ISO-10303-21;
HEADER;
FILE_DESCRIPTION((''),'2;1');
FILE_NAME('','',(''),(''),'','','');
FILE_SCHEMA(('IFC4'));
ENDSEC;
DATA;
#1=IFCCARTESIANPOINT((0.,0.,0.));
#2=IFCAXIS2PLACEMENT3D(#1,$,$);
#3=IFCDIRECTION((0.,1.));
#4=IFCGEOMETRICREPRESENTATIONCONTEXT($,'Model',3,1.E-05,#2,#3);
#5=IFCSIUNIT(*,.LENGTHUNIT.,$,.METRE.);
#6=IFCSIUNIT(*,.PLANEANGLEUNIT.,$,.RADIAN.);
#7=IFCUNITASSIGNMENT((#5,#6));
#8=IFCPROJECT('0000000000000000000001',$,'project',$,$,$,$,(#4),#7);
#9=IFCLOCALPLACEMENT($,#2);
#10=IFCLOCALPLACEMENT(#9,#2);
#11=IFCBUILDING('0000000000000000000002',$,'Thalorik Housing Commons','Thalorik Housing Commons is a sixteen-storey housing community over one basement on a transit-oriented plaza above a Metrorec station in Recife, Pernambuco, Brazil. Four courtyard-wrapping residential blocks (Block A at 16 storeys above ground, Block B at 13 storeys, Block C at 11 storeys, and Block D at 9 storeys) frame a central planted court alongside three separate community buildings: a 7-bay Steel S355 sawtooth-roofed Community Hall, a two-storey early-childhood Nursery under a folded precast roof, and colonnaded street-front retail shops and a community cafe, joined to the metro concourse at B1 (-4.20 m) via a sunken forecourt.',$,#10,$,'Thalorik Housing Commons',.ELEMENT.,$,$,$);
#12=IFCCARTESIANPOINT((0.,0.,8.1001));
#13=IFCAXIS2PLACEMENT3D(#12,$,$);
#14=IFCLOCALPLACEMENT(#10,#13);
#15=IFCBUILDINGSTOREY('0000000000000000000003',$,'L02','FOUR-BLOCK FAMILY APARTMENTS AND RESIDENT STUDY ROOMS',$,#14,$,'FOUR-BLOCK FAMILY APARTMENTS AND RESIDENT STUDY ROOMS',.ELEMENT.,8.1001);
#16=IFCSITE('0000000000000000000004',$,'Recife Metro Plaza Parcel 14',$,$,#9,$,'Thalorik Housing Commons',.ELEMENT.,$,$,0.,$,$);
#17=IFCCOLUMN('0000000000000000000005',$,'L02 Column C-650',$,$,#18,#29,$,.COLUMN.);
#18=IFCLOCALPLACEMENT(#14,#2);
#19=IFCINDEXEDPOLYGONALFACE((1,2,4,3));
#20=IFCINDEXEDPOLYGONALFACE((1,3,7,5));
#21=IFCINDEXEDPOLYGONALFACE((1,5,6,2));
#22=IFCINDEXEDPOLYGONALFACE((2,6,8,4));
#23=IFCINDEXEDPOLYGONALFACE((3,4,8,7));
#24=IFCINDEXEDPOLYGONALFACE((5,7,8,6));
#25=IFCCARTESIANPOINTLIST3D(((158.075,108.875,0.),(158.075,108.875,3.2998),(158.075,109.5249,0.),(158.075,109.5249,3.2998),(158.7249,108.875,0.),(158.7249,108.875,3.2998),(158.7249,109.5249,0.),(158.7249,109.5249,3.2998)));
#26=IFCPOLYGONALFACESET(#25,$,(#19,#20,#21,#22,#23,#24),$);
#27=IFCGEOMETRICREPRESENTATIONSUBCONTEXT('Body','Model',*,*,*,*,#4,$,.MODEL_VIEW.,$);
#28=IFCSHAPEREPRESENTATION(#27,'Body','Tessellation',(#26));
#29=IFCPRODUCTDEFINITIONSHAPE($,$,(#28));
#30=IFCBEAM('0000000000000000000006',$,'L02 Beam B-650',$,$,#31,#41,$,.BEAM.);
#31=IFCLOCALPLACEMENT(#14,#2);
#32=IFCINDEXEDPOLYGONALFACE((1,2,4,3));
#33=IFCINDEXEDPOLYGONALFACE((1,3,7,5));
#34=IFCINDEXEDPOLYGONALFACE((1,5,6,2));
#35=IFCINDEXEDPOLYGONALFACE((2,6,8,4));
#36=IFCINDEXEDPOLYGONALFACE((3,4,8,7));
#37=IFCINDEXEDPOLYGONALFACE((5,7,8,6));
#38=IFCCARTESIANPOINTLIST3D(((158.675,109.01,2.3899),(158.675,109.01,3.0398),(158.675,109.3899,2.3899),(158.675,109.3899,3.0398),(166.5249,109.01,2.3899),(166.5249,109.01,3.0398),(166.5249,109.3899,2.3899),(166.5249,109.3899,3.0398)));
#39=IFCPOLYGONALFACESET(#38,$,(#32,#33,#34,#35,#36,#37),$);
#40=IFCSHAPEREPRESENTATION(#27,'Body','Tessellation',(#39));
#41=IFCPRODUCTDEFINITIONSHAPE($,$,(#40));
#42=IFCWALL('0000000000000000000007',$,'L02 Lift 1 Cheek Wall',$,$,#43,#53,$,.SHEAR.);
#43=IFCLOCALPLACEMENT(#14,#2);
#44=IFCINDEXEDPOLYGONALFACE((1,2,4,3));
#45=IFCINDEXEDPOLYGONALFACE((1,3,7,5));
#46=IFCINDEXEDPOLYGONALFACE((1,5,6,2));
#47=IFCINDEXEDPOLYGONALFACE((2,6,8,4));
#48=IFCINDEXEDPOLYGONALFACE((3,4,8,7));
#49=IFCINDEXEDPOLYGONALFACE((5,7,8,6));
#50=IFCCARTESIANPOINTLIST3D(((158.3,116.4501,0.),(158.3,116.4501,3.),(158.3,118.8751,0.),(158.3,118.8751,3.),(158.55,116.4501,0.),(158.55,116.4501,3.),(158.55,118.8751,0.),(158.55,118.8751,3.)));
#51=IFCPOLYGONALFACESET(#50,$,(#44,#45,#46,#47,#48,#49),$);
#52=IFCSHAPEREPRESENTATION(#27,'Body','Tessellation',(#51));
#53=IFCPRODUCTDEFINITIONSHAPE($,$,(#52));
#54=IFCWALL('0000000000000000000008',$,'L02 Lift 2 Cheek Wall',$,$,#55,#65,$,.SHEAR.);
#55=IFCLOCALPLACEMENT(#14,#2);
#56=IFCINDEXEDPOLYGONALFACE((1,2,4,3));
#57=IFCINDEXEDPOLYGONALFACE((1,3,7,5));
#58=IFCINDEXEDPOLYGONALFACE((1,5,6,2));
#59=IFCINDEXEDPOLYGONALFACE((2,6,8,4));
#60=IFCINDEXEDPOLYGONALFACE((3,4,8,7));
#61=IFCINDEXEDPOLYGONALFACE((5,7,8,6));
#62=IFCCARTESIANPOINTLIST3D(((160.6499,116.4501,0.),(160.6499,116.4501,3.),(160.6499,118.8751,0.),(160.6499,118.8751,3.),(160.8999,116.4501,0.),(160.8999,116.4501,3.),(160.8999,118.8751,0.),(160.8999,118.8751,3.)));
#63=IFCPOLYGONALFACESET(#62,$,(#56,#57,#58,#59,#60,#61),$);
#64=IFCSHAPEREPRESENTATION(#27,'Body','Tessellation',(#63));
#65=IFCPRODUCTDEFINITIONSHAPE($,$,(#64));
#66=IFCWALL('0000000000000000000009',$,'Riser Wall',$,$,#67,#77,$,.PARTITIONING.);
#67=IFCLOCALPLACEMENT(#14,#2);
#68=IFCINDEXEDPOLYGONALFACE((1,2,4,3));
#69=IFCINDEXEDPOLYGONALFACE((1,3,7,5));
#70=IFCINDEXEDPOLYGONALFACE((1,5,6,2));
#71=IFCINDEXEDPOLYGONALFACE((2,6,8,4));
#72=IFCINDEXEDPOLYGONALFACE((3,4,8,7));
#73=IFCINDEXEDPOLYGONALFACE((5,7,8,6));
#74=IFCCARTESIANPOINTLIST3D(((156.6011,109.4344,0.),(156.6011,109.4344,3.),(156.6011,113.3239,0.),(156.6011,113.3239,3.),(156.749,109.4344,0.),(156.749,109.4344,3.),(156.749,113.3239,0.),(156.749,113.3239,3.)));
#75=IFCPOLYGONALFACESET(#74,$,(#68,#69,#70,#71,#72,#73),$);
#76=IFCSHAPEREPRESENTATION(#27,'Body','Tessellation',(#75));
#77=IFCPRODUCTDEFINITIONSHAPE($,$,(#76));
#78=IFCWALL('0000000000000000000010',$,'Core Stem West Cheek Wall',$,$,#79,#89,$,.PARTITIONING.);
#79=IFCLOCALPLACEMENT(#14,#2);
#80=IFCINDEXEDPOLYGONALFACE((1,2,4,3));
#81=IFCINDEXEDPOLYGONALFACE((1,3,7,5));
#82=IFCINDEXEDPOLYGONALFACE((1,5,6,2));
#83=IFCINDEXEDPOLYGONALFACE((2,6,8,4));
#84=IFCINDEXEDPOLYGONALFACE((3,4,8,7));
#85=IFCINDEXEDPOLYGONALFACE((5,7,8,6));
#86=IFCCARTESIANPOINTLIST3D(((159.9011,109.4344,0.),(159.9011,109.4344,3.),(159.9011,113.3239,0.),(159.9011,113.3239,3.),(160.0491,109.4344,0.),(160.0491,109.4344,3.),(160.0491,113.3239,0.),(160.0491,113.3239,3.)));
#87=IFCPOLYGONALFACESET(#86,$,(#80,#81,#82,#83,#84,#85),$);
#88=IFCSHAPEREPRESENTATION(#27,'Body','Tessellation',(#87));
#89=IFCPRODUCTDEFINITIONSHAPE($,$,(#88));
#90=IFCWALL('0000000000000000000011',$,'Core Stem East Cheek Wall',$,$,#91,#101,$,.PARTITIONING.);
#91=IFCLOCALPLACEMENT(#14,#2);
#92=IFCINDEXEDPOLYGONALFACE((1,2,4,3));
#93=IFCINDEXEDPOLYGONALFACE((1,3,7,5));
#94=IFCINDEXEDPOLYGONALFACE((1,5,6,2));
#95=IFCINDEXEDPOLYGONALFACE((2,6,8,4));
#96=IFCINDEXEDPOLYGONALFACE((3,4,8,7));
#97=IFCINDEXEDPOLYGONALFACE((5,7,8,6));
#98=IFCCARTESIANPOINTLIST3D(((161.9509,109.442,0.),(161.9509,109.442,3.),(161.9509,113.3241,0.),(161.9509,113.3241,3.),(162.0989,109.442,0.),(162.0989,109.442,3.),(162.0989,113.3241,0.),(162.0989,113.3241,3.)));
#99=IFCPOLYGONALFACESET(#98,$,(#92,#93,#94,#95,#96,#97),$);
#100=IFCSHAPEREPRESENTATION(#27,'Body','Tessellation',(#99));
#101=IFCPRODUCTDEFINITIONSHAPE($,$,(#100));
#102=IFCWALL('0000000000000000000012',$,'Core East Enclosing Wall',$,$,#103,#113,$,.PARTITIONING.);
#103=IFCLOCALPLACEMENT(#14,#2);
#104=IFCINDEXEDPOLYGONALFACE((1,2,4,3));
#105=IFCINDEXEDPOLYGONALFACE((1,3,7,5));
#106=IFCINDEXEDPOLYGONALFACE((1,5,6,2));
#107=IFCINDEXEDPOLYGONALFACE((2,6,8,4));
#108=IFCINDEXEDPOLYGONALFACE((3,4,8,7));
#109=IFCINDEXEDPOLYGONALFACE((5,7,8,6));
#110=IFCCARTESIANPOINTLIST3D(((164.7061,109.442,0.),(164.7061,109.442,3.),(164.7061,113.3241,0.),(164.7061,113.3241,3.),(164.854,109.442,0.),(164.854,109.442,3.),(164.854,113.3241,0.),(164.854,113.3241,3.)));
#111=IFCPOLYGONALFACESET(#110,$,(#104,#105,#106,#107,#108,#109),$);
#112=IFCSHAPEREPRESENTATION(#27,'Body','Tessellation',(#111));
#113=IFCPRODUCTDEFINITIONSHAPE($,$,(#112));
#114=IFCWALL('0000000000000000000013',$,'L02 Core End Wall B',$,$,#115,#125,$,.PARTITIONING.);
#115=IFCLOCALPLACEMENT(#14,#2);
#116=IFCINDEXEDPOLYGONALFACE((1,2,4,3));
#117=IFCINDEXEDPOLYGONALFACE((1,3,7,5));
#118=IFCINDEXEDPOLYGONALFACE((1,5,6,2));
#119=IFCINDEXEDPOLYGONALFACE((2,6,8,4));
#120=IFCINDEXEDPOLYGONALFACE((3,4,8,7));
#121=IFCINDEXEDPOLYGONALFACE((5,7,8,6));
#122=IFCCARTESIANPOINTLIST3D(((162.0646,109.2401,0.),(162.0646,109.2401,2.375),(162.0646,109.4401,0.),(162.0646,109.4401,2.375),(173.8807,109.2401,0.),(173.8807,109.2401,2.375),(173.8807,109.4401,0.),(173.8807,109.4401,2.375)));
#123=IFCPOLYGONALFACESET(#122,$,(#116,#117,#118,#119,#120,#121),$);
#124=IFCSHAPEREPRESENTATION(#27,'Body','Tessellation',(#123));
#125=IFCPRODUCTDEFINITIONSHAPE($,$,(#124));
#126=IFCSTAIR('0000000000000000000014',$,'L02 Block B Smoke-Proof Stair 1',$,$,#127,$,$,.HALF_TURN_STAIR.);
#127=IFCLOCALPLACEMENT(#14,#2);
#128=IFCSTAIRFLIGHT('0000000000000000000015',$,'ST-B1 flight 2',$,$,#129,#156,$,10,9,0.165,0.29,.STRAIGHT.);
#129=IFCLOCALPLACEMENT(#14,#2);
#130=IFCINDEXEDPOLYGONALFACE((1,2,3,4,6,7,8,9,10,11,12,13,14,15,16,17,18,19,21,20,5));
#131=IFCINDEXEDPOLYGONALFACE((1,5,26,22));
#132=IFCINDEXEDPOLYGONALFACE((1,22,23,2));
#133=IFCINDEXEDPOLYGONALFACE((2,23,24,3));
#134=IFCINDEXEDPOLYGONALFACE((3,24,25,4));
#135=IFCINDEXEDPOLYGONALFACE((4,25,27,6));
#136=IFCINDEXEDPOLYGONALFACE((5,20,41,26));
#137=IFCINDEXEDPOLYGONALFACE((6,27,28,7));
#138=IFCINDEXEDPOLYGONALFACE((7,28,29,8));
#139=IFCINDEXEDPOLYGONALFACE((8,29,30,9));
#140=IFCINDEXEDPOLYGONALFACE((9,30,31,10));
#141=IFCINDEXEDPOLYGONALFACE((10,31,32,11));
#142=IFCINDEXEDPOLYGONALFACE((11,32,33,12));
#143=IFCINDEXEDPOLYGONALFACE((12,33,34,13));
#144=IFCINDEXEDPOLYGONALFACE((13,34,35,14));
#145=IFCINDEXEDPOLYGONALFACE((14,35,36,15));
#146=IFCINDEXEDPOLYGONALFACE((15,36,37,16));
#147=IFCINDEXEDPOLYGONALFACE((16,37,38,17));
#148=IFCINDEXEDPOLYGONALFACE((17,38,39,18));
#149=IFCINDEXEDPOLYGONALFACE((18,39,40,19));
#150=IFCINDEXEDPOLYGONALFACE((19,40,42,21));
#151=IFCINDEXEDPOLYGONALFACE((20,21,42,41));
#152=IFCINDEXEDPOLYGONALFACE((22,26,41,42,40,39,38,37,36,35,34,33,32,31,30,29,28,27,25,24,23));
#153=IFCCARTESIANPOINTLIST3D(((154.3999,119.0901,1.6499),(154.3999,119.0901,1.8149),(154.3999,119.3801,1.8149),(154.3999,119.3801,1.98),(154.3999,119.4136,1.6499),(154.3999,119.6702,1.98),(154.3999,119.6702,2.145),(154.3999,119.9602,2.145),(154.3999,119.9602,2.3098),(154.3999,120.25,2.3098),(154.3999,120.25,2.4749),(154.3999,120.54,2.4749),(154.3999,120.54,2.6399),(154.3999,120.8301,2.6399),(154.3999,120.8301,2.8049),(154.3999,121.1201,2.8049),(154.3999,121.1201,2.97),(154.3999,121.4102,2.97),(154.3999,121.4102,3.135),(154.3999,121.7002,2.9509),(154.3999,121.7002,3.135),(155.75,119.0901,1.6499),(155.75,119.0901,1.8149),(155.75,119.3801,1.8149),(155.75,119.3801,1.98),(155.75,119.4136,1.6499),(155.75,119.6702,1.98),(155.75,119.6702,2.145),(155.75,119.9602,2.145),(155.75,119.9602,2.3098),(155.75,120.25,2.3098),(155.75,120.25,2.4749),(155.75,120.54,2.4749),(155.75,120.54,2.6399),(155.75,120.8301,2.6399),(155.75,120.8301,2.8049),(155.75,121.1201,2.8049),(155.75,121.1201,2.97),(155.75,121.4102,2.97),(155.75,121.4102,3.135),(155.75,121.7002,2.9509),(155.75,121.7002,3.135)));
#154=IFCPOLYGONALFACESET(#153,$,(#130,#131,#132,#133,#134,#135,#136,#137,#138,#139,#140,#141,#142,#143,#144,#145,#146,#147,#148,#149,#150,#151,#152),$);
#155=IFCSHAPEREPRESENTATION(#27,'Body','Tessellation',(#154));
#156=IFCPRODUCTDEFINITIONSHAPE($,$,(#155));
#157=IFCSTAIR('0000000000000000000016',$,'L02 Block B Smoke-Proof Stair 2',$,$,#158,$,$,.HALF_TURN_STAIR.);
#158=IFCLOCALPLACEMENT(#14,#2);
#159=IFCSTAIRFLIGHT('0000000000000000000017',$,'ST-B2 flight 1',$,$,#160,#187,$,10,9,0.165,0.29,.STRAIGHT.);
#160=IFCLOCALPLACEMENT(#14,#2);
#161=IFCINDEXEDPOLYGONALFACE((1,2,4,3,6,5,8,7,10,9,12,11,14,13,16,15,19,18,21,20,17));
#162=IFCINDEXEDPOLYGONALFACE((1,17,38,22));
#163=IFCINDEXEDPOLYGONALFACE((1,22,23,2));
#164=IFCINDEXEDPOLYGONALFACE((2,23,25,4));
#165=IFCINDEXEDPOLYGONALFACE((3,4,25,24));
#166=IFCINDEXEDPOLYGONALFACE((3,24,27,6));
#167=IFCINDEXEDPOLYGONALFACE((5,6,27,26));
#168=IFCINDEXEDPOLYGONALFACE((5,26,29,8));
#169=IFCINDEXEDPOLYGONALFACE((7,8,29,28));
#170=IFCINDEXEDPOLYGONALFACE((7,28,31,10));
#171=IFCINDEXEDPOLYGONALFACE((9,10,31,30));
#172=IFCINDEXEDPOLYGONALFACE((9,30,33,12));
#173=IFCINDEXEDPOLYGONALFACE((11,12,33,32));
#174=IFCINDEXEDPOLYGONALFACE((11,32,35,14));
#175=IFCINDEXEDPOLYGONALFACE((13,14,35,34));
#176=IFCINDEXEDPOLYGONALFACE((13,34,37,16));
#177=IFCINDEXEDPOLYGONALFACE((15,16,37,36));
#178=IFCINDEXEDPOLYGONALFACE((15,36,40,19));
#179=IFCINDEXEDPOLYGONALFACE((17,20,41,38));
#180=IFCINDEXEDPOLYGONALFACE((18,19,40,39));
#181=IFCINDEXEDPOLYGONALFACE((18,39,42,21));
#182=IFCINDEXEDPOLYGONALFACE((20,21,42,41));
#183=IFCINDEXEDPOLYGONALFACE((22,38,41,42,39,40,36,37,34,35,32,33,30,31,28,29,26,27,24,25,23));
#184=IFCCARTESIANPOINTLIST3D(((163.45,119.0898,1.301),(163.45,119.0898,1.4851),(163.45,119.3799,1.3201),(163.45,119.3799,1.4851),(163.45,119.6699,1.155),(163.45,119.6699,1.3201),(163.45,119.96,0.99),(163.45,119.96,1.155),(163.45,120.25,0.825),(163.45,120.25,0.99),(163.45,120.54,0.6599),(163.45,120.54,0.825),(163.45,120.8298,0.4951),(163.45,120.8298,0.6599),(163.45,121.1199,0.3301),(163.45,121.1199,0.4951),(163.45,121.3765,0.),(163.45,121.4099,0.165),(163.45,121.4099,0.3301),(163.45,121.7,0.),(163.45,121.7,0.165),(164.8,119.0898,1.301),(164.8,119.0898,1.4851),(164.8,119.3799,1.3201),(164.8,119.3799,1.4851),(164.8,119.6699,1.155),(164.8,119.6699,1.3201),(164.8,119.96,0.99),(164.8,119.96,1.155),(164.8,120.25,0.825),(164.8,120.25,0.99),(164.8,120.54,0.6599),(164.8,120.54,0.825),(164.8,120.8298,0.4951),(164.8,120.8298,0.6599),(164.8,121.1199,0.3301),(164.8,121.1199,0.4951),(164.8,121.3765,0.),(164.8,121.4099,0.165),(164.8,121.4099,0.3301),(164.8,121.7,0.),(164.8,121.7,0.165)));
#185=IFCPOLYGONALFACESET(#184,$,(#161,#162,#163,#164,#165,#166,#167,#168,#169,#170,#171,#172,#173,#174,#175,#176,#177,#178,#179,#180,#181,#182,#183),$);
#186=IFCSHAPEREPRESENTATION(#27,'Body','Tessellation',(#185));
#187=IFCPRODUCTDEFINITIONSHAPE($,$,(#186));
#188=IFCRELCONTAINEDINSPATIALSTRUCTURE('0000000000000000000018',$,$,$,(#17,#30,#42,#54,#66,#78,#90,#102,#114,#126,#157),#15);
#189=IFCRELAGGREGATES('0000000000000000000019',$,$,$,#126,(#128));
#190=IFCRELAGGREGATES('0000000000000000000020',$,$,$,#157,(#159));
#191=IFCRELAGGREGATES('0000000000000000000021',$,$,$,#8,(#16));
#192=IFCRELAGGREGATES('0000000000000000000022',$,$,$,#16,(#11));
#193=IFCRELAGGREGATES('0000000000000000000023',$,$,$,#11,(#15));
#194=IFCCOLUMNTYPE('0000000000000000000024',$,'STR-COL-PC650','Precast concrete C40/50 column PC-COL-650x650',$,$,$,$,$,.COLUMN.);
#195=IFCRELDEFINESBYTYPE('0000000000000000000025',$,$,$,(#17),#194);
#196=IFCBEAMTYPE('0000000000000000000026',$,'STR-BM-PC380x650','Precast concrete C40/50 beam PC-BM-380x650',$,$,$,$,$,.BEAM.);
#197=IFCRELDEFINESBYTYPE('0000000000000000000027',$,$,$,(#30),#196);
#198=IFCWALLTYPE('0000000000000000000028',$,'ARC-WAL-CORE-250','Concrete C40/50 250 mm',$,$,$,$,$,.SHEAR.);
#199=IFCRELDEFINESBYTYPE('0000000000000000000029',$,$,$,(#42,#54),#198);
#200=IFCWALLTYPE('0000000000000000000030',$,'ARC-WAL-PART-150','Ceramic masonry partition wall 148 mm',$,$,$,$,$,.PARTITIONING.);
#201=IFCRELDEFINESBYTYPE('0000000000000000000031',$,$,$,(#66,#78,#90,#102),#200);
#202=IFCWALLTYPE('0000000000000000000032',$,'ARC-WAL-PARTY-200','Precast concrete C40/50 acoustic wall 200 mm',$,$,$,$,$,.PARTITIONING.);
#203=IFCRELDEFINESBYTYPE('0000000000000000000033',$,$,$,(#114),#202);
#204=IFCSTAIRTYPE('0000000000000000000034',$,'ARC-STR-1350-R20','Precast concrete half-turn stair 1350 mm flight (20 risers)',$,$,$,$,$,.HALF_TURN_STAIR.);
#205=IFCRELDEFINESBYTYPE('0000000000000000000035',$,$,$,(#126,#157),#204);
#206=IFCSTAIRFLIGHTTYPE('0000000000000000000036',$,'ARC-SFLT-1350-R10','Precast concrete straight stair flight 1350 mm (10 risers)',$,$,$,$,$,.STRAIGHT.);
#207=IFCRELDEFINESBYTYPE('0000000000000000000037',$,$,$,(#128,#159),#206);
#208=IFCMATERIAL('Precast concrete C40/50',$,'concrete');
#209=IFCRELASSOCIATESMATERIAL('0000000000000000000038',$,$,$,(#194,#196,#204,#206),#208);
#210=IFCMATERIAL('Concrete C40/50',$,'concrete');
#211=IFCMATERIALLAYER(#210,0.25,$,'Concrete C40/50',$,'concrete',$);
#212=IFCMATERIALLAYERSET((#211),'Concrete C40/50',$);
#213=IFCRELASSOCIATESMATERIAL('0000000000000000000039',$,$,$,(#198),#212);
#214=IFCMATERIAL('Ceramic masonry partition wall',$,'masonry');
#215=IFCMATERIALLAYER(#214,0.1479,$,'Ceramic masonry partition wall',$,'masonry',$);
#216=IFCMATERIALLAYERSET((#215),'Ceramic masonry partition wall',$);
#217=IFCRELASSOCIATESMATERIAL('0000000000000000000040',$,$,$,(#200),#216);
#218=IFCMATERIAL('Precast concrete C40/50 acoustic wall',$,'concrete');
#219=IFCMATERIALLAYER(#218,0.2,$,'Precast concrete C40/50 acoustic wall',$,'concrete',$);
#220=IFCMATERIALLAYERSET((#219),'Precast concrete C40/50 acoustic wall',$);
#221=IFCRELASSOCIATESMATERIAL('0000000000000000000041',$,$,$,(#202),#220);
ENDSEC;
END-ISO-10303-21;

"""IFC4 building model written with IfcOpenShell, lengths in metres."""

from ifc_helpers import new_model, si_unit, direction, frame, frame_2d, origin, origin_2d, place, context, subcontext, project, spatial, polyline, rectangle, outline, extrude, material, layer, layer_set, material_profile, profile_set, type_object, element, aggregate, save


model = new_model("IFC4")

# Units and contexts
model_context = context("Model", 3, precision=1e-05, world=origin(), true_north=direction((0.0, 1.0)))
body_context = subcontext(model_context, "Body", "Model", "MODEL_VIEW")
ifc_project = project(units=[si_unit("LENGTHUNIT", "METRE"), si_unit("PLANEANGLEUNIT", "RADIAN")], contexts=[model_context])

# Site, building, storey
site_placement = place(None, origin())
site = spatial("IfcSite", under=ifc_project, at=site_placement, Name="Recife Metro Plaza Parcel 14", LongName="Thalorik Housing Commons", CompositionType="ELEMENT", RefElevation=0.0)
building_placement = place(site_placement, origin())
building = spatial("IfcBuilding", under=site, at=building_placement, Name="Thalorik Housing Commons", Description="Thalorik Housing Commons is a sixteen-storey housing community over one basement on a transit-oriented plaza above a Metrorec station in Recife, Pernambuco, Brazil. Four courtyard-wrapping residential blocks (Block A at 16 storeys above ground, Block B at 13 storeys, Block C at 11 storeys, and Block D at 9 storeys) frame a central planted court alongside three separate community buildings: a 7-bay Steel S355 sawtooth-roofed Community Hall, a two-storey early-childhood Nursery under a folded precast roof, and colonnaded street-front retail shops and a community cafe, joined to the metro concourse at B1 (-4.20 m) via a sunken forecourt.", LongName="Thalorik Housing Commons", CompositionType="ELEMENT")
storey_placement = place(building_placement, frame((0.0, 0.0, 8.1001)))
storey = spatial("IfcBuildingStorey", under=building, at=storey_placement, Name="L02", Description="FOUR-BLOCK FAMILY APARTMENTS AND RESIDENT STUDY ROOMS", LongName="FOUR-BLOCK FAMILY APARTMENTS AND RESIDENT STUDY ROOMS", CompositionType="ELEMENT", Elevation=8.1001)

# Column
ifc_material_1 = material(Name="Precast concrete C40/50", Category="concrete")
ifc_material_profile_1 = material_profile(ifc_material_1, rectangle(XDim=0.6499, YDim=0.6499, at=origin_2d()), Name="PC 650x650", Category="concrete")
ifc_profile_set_1 = profile_set([ifc_material_profile_1], Name="Precast concrete C40/50")
column_type = type_object("IfcColumnType", Name="STR-COL-PC650", Description="Precast concrete C40/50 column PC-COL-650x650", PredefinedType="COLUMN", material=ifc_profile_set_1)
column_placement = place(storey_placement, frame((158.3999, 109.2, 0.0), z_axis=(0.0, 0.0, 1.0), x_axis=(1.0, 0.0, 0.0)))
element("IfcColumn", 1, at=column_placement, inside=storey, type_object=column_type, Name="L02 Column C-650", PredefinedType="COLUMN", context=body_context, shape_type="SweptSolid", body=[
    extrude(rectangle(XDim=0.6499, YDim=0.6499, at=origin_2d()), origin(), (0.0, 0.0, 1.0), 3.2998),
])

# Beam
ifc_material_profile_2 = material_profile(ifc_material_1, rectangle(XDim=0.3799, YDim=0.6499, at=origin_2d()), Name="PC 380x650", Category="concrete")
ifc_profile_set_2 = profile_set([ifc_material_profile_2], Name="Precast concrete C40/50")
beam_type = type_object("IfcBeamType", Name="STR-BM-PC380x650", Description="Precast concrete C40/50 beam PC-BM-380x650", PredefinedType="BEAM", material=ifc_profile_set_2)
beam_placement = place(storey_placement, frame((158.675, 109.2, 2.7148), z_axis=(1.0, 0.0, 0.0), x_axis=(0.0, 1.0, 0.0)))
element("IfcBeam", 2, at=beam_placement, inside=storey, type_object=beam_type, Name="L02 Beam B-650", PredefinedType="BEAM", context=body_context, shape_type="SweptSolid", body=[
    extrude(rectangle(XDim=0.3799, YDim=0.6499, at=origin_2d()), origin(), (0.0, 0.0, 1.0), 7.8499),
])

# Shared definitions
ifc_material_2 = material(Name="Concrete C40/50", Category="concrete")
ifc_layer_1 = layer(ifc_material_2, 0.25, Name="Concrete C40/50", Category="concrete")
ifc_layer_set_1 = layer_set([ifc_layer_1], Name="Concrete C40/50")
wall_type_1 = type_object("IfcWallType", Name="ARC-WAL-CORE-250", Description="Concrete C40/50 250 mm", PredefinedType="SHEAR", material=ifc_layer_set_1)

# Walls
for number, where, z_axis, x_axis, name in (
    (3, (158.425, 118.875, 0.0), (0.0, 0.0, 1.0), (0.0, -1.0, 0.0), "L02 Lift 1 Cheek Wall"),
    (4, (160.7749, 118.875, 0.0), (0.0, 0.0, 1.0), (0.0, -1.0, 0.0), "L02 Lift 2 Cheek Wall"),
):
    element("IfcWall", number, at=place(storey_placement, frame(where, z_axis=z_axis, x_axis=x_axis)), inside=storey, type_object=wall_type_1, Name=name, PredefinedType="SHEAR", context=body_context, shape_type="SweptSolid", body=[
        extrude(rectangle(XDim=2.425, YDim=0.25, at=frame_2d((1.2124, 0.0))), origin(), (0.0, 0.0, 1.0), 3.0),
    ])
ifc_material_3 = material(Name="Ceramic masonry partition wall", Category="masonry")
ifc_layer_2 = layer(ifc_material_3, 0.1479, Name="Ceramic masonry partition wall", Category="masonry")
ifc_layer_set_2 = layer_set([ifc_layer_2], Name="Ceramic masonry partition wall")
wall_type_2 = type_object("IfcWallType", Name="ARC-WAL-PART-150", Description="Ceramic masonry partition wall 148 mm", PredefinedType="PARTITIONING", material=ifc_layer_set_2)
for number, where, z_axis, x_axis, name in (
    (5, (156.675, 113.324, 0.0), (0.0, 0.0, 1.0), (0.0, -1.0, 0.0), "Riser Wall"),
    (6, (159.9751, 113.324, 0.0), (0.0, 0.0, 1.0), (0.0, -1.0, 0.0), "Core Stem West Cheek Wall"),
):
    element("IfcWall", number, at=place(storey_placement, frame(where, z_axis=z_axis, x_axis=x_axis)), inside=storey, type_object=wall_type_2, Name=name, PredefinedType="PARTITIONING", context=body_context, shape_type="SweptSolid", body=[
        extrude(rectangle(XDim=3.8894, YDim=0.1479, at=frame_2d((1.9448, 0.0))), origin(), (0.0, 0.0, 1.0), 3.0),
    ])
for number, where, z_axis, x_axis, name in (
    (7, (162.0249, 113.324, 0.0), (0.0, 0.0, 1.0), (0.0, -1.0, 0.0), "Core Stem East Cheek Wall"),
    (8, (164.78, 113.324, 0.0), (0.0, 0.0, 1.0), (0.0, -1.0, 0.0), "Core East Enclosing Wall"),
):
    element("IfcWall", number, at=place(storey_placement, frame(where, z_axis=z_axis, x_axis=x_axis)), inside=storey, type_object=wall_type_2, Name=name, PredefinedType="PARTITIONING", context=body_context, shape_type="SweptSolid", body=[
        extrude(rectangle(XDim=3.8821, YDim=0.1479, at=frame_2d((1.9409, 0.0))), origin(), (0.0, 0.0, 1.0), 3.0),
    ])

# Wall
ifc_material_4 = material(Name="Precast concrete C40/50 acoustic wall", Category="concrete")
ifc_layer_3 = layer(ifc_material_4, 0.2, Name="Precast concrete C40/50 acoustic wall", Category="concrete")
ifc_layer_set_3 = layer_set([ifc_layer_3], Name="Precast concrete C40/50 acoustic wall")
wall_type_3 = type_object("IfcWallType", Name="ARC-WAL-PARTY-200", Description="Precast concrete C40/50 acoustic wall 200 mm", PredefinedType="PARTITIONING", material=ifc_layer_set_3)
wall_1_placement = place(storey_placement, frame((162.0645, 109.3401, 0.0), z_axis=(0.0, 0.0, 1.0), x_axis=(1.0, 0.0, 0.0)))
element("IfcWall", 9, at=wall_1_placement, inside=storey, type_object=wall_type_3, Name="L02 Core End Wall B", PredefinedType="PARTITIONING", context=body_context, shape_type="SweptSolid", body=[
    extrude(rectangle(XDim=11.8162, YDim=0.2, at=frame_2d((5.9082, 0.0))), origin(), (0.0, 0.0, 1.0), 2.375),
])

# Stairs, stair flights
stair_type = type_object("IfcStairType", Name="ARC-STR-1350-R20", Description="Precast concrete half-turn stair 1350 mm flight (20 risers)", PredefinedType="HALF_TURN_STAIR", material=ifc_material_1)
stair_1_placement = place(storey_placement, origin())
stair_1 = element("IfcStair", 10, at=stair_1_placement, inside=storey, type_object=stair_type, Name="L02 Block B Smoke-Proof Stair 1", PredefinedType="HALF_TURN_STAIR")
stair_flight_type = type_object("IfcStairFlightType", Name="ARC-SFLT-1350-R10", Description="Precast concrete straight stair flight 1350 mm (10 risers)", PredefinedType="STRAIGHT", material=ifc_material_1)
stair_flight_1_placement = place(storey_placement, frame((155.075, 119.0901, 1.6499), z_axis=(0.0, 0.0, 1.0), x_axis=(0.0, 1.0, 0.0)))
stair_flight_1 = element("IfcStairFlight", 11, at=stair_flight_1_placement, type_object=stair_flight_type, Name="ST-B1 flight 2", NumberOfRisers=10, NumberOfTreads=9, PredefinedType="STRAIGHT", RiserHeight=0.165, TreadLength=0.29, context=body_context, shape_type="SweptSolid", body=[
    extrude(outline(polyline([(0.0, 0.0), (0.0, 0.165), (0.29, 0.165), (0.29, 0.3301), (0.5801, 0.3301), (0.5801, 0.4951), (0.8701, 0.4951), (0.8701, 0.6599), (1.1599, 0.6599), (1.1599, 0.825), (1.45, 0.825), (1.45, 0.99), (1.74, 0.99), (1.74, 1.155), (2.03, 1.155), (2.03, 1.3201), (2.3201, 1.3201), (2.3201, 1.4851), (2.6101, 1.4851), (2.6101, 1.6499), (2.6101, 1.301), (0.3235, 0.0), (0.0, 0.0)])), frame((0.0, 0.675, 0.0), z_axis=(0.0, -1.0, 0.0), x_axis=(1.0, 0.0, 0.0)), (0.0, 0.0, 1.0), 1.3501),
])
aggregate(stair_1, [stair_flight_1])
stair_2_placement = place(storey_placement, origin())
stair_2 = element("IfcStair", 12, at=stair_2_placement, inside=storey, type_object=stair_type, Name="L02 Block B Smoke-Proof Stair 2", PredefinedType="HALF_TURN_STAIR")
stair_flight_2_placement = place(storey_placement, frame((164.125, 121.7, 0.0), z_axis=(0.0, 0.0, 1.0), x_axis=(0.0, -1.0, 0.0)))
stair_flight_2 = element("IfcStairFlight", 13, at=stair_flight_2_placement, type_object=stair_flight_type, Name="ST-B2 flight 1", NumberOfRisers=10, NumberOfTreads=9, PredefinedType="STRAIGHT", RiserHeight=0.165, TreadLength=0.29, context=body_context, shape_type="SweptSolid", body=[
    extrude(outline(polyline([(0.0, 0.0), (0.0, 0.165), (0.29, 0.165), (0.29, 0.3301), (0.5801, 0.3301), (0.5801, 0.4951), (0.8701, 0.4951), (0.8701, 0.6599), (1.1599, 0.6599), (1.1599, 0.825), (1.45, 0.825), (1.45, 0.99), (1.74, 0.99), (1.74, 1.155), (2.03, 1.155), (2.03, 1.3201), (2.3201, 1.3201), (2.3201, 1.4851), (2.6101, 1.4851), (2.6101, 1.6499), (2.6101, 1.301), (0.3235, 0.0), (0.0, 0.0)])), frame((0.0, 0.675, 0.0), z_axis=(0.0, -1.0, 0.0), x_axis=(1.0, 0.0, 0.0)), (0.0, 0.0, 1.0), 1.3501),
])
aggregate(stair_2, [stair_flight_2])

save(model, "model.ifc")
